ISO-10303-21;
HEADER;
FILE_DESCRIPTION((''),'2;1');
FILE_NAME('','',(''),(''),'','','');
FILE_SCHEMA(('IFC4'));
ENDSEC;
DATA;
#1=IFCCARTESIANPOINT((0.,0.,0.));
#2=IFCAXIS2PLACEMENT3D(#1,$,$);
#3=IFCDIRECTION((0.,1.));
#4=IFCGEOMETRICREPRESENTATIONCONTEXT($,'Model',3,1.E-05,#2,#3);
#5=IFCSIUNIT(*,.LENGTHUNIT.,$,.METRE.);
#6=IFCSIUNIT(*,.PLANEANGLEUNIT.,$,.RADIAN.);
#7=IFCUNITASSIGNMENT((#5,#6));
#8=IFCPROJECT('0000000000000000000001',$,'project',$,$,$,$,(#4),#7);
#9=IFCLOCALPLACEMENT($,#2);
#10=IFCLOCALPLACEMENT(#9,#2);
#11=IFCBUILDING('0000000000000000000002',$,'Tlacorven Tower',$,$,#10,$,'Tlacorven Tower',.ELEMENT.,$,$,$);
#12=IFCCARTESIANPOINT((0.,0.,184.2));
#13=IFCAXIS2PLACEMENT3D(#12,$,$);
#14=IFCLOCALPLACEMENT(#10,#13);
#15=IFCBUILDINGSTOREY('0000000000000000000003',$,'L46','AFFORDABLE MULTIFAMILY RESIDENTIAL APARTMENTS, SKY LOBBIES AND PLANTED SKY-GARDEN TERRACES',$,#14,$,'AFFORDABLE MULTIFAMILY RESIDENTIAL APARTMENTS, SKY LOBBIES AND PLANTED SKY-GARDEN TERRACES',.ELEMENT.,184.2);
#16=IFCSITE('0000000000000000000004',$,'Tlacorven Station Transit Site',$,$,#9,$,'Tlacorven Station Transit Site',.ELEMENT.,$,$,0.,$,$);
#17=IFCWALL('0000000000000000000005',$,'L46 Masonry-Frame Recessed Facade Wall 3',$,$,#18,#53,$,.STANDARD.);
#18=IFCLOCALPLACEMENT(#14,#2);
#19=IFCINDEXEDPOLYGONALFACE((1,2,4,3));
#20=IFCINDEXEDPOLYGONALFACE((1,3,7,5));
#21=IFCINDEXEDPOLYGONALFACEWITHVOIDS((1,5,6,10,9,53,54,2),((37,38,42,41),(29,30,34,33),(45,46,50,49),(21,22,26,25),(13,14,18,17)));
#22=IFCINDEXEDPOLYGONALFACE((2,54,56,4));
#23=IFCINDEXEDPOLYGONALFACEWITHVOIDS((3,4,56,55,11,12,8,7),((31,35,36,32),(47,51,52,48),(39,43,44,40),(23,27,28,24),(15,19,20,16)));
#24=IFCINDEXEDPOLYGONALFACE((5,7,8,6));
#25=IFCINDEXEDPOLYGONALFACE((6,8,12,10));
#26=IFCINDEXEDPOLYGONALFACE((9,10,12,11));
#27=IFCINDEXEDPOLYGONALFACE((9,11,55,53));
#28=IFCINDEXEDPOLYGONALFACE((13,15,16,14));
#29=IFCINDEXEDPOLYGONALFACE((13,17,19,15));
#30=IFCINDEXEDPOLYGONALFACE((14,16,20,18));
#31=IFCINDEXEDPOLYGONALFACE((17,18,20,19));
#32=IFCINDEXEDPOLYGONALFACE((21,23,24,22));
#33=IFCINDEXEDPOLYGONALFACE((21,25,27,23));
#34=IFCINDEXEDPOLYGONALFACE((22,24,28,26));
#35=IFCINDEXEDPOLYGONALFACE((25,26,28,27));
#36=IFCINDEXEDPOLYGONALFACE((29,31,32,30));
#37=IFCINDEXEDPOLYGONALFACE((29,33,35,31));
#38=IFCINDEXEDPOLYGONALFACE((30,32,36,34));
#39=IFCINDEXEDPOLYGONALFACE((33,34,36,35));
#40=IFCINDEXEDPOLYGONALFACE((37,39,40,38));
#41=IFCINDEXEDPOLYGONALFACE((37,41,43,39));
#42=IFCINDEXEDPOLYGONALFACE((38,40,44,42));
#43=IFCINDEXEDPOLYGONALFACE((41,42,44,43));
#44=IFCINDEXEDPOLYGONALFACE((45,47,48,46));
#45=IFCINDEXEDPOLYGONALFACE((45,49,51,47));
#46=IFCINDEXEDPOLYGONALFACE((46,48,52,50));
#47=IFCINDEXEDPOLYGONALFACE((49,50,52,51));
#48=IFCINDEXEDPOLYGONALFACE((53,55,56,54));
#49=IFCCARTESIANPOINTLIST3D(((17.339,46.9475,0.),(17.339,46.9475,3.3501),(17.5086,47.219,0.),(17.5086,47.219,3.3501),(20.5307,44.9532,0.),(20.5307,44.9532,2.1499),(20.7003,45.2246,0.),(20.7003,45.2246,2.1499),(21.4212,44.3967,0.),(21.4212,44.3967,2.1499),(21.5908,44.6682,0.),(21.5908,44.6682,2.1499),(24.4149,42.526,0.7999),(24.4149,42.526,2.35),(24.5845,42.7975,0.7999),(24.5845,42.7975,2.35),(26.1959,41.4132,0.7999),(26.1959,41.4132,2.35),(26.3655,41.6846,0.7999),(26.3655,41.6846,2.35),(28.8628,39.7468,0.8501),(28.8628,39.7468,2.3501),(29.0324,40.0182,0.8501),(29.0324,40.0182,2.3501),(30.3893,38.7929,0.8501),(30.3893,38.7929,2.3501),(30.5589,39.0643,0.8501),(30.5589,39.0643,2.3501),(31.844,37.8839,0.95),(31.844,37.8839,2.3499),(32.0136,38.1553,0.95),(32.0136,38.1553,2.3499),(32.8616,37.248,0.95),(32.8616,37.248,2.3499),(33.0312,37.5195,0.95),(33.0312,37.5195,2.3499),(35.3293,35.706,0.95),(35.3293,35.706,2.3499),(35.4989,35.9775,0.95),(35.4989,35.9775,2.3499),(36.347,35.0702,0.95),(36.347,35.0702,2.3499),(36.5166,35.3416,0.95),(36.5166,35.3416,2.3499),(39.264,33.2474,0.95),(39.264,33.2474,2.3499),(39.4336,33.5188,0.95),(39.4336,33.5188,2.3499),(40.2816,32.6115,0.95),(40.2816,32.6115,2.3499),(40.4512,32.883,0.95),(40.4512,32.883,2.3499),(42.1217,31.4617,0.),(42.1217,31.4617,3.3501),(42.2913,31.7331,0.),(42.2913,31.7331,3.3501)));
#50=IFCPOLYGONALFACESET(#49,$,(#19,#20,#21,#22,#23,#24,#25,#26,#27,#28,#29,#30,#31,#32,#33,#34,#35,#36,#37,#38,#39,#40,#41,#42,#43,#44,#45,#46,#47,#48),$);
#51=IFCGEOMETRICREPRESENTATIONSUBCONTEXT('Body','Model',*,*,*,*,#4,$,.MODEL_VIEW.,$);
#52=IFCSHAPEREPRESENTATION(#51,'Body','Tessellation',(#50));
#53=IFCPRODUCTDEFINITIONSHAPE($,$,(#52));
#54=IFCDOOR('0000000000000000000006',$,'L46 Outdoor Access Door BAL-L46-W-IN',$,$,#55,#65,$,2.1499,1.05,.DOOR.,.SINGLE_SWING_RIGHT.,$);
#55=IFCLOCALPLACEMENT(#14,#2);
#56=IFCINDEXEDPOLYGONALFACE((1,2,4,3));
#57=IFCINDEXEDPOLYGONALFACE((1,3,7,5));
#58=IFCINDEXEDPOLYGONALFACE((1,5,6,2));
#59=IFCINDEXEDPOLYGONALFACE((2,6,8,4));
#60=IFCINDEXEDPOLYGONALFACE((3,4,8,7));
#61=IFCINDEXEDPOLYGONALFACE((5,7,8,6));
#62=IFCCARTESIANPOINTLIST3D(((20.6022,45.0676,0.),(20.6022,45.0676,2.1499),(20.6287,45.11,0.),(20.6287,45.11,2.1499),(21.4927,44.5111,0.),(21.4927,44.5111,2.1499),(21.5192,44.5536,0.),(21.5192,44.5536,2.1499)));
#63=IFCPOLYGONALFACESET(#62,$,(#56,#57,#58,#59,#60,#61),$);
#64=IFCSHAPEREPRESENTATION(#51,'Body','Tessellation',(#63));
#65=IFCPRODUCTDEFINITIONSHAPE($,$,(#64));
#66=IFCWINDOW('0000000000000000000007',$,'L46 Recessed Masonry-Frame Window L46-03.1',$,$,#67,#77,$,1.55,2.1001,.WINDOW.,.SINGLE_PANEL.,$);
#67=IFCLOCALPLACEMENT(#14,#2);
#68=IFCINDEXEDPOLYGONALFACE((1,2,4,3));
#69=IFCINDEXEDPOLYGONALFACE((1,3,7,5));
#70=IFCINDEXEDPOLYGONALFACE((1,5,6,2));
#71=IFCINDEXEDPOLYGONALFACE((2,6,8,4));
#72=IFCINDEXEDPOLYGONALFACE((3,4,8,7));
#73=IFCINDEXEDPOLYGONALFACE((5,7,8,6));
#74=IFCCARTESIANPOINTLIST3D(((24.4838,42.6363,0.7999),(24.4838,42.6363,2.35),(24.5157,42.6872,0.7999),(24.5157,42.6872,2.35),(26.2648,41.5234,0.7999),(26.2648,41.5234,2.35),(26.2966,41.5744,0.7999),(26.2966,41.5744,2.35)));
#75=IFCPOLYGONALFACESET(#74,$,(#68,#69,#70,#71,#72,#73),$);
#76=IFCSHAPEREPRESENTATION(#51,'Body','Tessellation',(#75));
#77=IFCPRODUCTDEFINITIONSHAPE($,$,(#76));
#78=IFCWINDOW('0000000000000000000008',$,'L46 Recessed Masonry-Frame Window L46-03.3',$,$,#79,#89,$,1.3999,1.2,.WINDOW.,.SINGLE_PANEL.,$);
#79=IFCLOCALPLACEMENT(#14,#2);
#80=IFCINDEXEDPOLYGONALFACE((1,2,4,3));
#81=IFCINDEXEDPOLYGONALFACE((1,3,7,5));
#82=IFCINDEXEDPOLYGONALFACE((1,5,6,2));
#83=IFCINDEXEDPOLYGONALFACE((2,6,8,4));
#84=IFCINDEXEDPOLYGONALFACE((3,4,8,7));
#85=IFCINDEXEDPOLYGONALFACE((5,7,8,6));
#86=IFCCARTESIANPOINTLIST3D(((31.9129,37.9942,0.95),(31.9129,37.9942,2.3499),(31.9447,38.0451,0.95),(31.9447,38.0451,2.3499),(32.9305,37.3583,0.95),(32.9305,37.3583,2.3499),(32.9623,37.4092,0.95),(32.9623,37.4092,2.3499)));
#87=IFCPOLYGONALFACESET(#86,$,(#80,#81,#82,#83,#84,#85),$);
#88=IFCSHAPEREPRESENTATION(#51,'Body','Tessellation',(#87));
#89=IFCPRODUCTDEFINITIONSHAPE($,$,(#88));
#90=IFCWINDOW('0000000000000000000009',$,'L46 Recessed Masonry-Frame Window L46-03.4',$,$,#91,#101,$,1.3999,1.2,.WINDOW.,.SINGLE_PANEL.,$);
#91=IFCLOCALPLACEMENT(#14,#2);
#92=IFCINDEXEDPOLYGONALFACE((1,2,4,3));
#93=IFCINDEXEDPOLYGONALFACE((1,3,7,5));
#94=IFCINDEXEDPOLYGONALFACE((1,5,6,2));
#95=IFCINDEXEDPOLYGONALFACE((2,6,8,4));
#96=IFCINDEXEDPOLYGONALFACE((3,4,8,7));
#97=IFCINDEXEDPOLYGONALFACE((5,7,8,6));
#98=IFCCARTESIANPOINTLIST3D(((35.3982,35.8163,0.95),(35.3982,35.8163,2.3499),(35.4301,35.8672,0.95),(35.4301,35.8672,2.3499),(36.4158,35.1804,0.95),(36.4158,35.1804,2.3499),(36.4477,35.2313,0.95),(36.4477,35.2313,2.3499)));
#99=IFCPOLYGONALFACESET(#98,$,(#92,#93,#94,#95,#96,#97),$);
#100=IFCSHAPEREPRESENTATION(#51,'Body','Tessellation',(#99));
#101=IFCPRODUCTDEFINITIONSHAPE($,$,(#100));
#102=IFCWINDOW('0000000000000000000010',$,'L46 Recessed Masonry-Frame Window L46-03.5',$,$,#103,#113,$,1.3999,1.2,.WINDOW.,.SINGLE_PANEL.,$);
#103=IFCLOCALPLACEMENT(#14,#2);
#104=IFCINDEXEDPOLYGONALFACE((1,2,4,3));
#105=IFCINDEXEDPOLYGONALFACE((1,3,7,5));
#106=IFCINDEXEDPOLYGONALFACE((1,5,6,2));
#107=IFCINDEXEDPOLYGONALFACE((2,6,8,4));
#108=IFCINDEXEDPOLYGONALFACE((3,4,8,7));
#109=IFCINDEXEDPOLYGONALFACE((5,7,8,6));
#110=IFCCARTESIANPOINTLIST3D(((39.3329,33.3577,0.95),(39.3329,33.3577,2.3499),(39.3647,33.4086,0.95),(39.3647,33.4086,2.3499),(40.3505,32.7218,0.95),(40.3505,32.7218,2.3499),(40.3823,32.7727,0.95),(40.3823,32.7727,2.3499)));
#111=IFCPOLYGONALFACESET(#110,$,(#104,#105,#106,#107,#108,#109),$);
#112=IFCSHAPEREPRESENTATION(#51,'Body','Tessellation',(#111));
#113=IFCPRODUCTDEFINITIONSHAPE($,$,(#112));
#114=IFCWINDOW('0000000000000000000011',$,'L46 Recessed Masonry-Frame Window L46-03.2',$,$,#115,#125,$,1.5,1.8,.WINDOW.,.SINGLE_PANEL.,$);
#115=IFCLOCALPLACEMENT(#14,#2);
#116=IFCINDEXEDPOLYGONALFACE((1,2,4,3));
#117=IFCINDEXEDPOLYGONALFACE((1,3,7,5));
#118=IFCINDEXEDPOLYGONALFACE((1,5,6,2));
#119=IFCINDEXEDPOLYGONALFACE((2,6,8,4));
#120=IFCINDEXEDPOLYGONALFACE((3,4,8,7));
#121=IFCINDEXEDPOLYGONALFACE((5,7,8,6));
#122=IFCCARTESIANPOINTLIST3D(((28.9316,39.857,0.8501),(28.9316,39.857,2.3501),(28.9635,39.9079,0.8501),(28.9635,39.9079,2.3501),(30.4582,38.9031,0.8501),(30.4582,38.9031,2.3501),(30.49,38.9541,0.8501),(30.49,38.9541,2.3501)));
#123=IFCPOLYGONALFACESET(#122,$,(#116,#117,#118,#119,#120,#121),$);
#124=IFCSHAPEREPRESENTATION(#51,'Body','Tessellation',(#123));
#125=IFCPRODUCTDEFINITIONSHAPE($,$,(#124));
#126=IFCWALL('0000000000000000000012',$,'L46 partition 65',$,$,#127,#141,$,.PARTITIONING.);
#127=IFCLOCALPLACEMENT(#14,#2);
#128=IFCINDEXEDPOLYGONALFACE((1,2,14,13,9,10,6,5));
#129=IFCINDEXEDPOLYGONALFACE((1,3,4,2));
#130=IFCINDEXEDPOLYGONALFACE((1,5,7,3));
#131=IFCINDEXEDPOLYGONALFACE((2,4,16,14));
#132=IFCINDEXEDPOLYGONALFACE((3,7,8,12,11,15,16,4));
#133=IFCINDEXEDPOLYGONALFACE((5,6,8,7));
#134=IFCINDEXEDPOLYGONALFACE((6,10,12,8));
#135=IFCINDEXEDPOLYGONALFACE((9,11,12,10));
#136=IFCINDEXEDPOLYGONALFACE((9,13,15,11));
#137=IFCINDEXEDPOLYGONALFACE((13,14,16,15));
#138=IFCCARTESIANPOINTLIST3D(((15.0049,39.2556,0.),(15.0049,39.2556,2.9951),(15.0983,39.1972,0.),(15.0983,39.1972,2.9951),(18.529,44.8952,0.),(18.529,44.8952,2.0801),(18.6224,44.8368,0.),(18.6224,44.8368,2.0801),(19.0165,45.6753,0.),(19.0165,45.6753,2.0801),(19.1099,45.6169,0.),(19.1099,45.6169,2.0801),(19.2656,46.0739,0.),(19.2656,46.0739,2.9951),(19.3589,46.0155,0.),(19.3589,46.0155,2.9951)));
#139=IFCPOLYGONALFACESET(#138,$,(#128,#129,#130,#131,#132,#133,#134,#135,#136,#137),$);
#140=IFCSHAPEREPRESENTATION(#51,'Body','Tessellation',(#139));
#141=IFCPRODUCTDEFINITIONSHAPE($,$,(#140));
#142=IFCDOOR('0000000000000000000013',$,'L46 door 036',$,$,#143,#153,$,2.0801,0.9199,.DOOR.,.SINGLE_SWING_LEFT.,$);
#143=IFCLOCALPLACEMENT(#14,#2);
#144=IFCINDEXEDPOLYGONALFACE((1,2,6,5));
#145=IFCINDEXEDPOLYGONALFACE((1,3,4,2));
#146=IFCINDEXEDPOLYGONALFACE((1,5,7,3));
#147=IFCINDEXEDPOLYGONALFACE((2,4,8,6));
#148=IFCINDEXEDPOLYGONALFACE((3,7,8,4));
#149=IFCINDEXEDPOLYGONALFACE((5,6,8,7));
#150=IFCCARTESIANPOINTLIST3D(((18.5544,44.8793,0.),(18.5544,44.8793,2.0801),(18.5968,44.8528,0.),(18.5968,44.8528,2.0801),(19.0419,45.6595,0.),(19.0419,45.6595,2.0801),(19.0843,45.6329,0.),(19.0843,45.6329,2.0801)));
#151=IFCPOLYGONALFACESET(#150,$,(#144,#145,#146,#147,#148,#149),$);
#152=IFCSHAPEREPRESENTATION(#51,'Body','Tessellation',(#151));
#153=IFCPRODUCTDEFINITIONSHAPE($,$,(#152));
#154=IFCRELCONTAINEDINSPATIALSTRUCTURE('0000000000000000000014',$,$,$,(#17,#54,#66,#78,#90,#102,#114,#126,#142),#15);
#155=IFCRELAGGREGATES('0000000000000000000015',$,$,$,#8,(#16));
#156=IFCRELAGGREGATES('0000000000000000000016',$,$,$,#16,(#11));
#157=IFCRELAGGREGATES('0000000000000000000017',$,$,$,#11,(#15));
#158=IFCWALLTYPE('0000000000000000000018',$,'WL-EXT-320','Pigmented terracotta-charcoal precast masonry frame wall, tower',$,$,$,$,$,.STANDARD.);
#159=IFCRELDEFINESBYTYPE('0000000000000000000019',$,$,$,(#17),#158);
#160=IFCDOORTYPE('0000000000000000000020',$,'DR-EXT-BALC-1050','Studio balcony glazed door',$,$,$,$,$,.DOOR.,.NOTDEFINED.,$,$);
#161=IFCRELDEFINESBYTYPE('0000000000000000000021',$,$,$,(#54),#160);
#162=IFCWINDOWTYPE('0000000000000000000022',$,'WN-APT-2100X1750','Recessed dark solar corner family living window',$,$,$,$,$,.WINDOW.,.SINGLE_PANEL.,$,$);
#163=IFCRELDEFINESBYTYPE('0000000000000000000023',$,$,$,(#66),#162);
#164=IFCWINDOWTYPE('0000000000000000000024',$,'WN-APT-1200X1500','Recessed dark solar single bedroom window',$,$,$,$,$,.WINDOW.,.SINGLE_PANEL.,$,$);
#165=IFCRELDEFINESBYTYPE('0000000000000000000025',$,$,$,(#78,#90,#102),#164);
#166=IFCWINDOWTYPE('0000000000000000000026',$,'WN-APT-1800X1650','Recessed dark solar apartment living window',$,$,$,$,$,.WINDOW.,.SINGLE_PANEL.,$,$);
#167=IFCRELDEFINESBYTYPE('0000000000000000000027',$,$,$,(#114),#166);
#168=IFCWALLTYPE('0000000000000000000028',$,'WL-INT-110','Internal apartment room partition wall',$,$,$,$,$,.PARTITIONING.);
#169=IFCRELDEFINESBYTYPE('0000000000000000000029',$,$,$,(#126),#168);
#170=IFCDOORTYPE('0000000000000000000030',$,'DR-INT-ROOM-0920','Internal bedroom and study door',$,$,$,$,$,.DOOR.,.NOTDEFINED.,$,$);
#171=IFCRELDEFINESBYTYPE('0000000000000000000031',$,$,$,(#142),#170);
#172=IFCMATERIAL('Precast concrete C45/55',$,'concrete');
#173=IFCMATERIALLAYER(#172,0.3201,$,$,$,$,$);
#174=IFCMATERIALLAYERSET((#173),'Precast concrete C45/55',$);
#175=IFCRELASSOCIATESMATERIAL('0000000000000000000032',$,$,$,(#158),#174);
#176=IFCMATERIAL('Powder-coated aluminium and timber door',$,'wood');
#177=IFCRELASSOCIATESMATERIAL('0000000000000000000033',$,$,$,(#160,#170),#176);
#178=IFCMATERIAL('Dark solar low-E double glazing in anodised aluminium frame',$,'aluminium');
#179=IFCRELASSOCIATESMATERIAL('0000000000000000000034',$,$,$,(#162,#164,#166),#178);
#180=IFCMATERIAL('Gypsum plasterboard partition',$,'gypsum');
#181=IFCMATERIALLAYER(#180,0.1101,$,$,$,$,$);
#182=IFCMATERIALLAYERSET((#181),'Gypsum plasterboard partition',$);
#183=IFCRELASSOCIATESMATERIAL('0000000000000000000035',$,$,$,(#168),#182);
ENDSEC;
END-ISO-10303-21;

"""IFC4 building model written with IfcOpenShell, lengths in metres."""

from ifc_helpers import new_model, si_unit, direction, frame, frame_2d, origin, place, context, subcontext, project, spatial, rectangle, extrude, source, transform, mapped, material, layer, layer_set, type_object, element, fill, save


model = new_model("IFC4")

# Units and contexts
model_context = context("Model", 3, precision=1e-05, world=origin(), true_north=direction((0.0, 1.0)))
body_context = subcontext(model_context, "Body", "Model", "MODEL_VIEW")
ifc_project = project(units=[si_unit("LENGTHUNIT", "METRE"), si_unit("PLANEANGLEUNIT", "RADIAN")], contexts=[model_context])

# Site, building, storey
site_placement = place(None, origin())
site = spatial("IfcSite", under=ifc_project, at=site_placement, Name="Tlacorven Station Transit Site", LongName="Tlacorven Station Transit Site", CompositionType="ELEMENT", RefElevation=0.0)
building_placement = place(site_placement, origin())
building = spatial("IfcBuilding", under=site, at=building_placement, Name="Tlacorven Tower", LongName="Tlacorven Tower", CompositionType="ELEMENT")
storey_placement = place(building_placement, frame((0.0, 0.0, 184.2)))
storey = spatial("IfcBuildingStorey", under=building, at=storey_placement, Name="L46", Description="AFFORDABLE MULTIFAMILY RESIDENTIAL APARTMENTS, SKY LOBBIES AND PLANTED SKY-GARDEN TERRACES", LongName="AFFORDABLE MULTIFAMILY RESIDENTIAL APARTMENTS, SKY LOBBIES AND PLANTED SKY-GARDEN TERRACES", CompositionType="ELEMENT", Elevation=184.2)

# Wall, openings, door, windows
ifc_material_1 = material(Name="Precast concrete C45/55", Category="concrete")
ifc_layer_1 = layer(ifc_material_1, 0.3201)
ifc_layer_set_1 = layer_set([ifc_layer_1], Name="Precast concrete C45/55")
wall_type_1 = type_object("IfcWallType", Name="WL-EXT-320", Description="Pigmented terracotta-charcoal precast masonry frame wall, tower", PredefinedType="STANDARD", material=ifc_layer_set_1)
wall_1_placement = place(storey_placement, frame((17.4238, 47.0833, 0.0), z_axis=(0.0, 0.0, 1.0), x_axis=(0.84805, -0.529916, 0.0)))
wall_1 = element("IfcWall", 1, at=wall_1_placement, inside=storey, type_object=wall_type_1, Name="L46 Masonry-Frame Recessed Facade Wall 3", PredefinedType="STANDARD", context=body_context, shape_type="SweptSolid", body=[
    extrude(rectangle(XDim=29.2231, YDim=0.3201, at=frame_2d((14.6116, 0.0))), origin(), (0.0, 0.0, 1.0), 3.3501),
])
opening_1_placement = place(wall_1_placement, frame((3.7637, 0.0, 0.0)))
opening_1 = element("IfcOpeningElement", 2, at=opening_1_placement, cuts=wall_1, PredefinedType="OPENING", context=body_context, shape_type="SweptSolid", body=[
    extrude(rectangle(XDim=1.05, YDim=2.1499, at=frame_2d((0.5249, 1.075))), frame((0.0, 0.1699, 0.0), z_axis=(0.0, -1.0, 0.0), x_axis=(1.0, 0.0, 0.0)), (0.0, 0.0, 1.0), 0.3401),
])
opening_2_placement = place(wall_1_placement, frame((8.3438, 0.0, 0.8)))
opening_2 = element("IfcOpeningElement", 3, at=opening_2_placement, cuts=wall_1, PredefinedType="OPENING", context=body_context, shape_type="SweptSolid", body=[
    extrude(rectangle(XDim=2.1001, YDim=1.55, at=frame_2d((1.05, 0.7749))), frame((0.0, 0.1699, 0.0), z_axis=(0.0, -1.0, 0.0), x_axis=(1.0, 0.0, 0.0)), (0.0, 0.0, 1.0), 0.3401),
])
opening_3_placement = place(wall_1_placement, frame((13.5886, 0.0, 0.8501)))
opening_3 = element("IfcOpeningElement", 4, at=opening_3_placement, cuts=wall_1, PredefinedType="OPENING", context=body_context, shape_type="SweptSolid", body=[
    extrude(rectangle(XDim=1.8, YDim=1.5, at=frame_2d((0.8999, 0.75))), frame((0.0, 0.1699, 0.0), z_axis=(0.0, -1.0, 0.0), x_axis=(1.0, 0.0, 0.0)), (0.0, 0.0, 1.0), 0.3401),
])
opening_4_placement = place(wall_1_placement, frame((17.1038, 0.0, 0.95)))
opening_4 = element("IfcOpeningElement", 5, at=opening_4_placement, cuts=wall_1, PredefinedType="OPENING", context=body_context, shape_type="SweptSolid", body=[
    extrude(rectangle(XDim=1.2, YDim=1.3999, at=frame_2d((0.6001, 0.7))), frame((0.0, 0.1699, 0.0), z_axis=(0.0, -1.0, 0.0), x_axis=(1.0, 0.0, 0.0)), (0.0, 0.0, 1.0), 0.3401),
])
opening_5_placement = place(wall_1_placement, frame((21.2136, 0.0, 0.95)))
opening_5 = element("IfcOpeningElement", 6, at=opening_5_placement, cuts=wall_1, PredefinedType="OPENING", context=body_context, shape_type="SweptSolid", body=[
    extrude(rectangle(XDim=1.2, YDim=1.3999, at=frame_2d((0.6001, 0.7))), frame((0.0, 0.1699, 0.0), z_axis=(0.0, -1.0, 0.0), x_axis=(1.0, 0.0, 0.0)), (0.0, 0.0, 1.0), 0.3401),
])
opening_6_placement = place(wall_1_placement, frame((25.8533, 0.0, 0.95)))
opening_6 = element("IfcOpeningElement", 7, at=opening_6_placement, cuts=wall_1, PredefinedType="OPENING", context=body_context, shape_type="SweptSolid", body=[
    extrude(rectangle(XDim=1.2, YDim=1.3999, at=frame_2d((0.6001, 0.7))), frame((0.0, 0.1699, 0.0), z_axis=(0.0, -1.0, 0.0), x_axis=(1.0, 0.0, 0.0)), (0.0, 0.0, 1.0), 0.3401),
])
ifc_material_2 = material(Name="Powder-coated aluminium and timber door", Category="wood")
door_type_1 = type_object("IfcDoorType", Name="DR-EXT-BALC-1050", Description="Studio balcony glazed door", OperationType="NOTDEFINED", PredefinedType="DOOR", material=ifc_material_2)
shared_shape_1 = source(origin(), body_context, "Body", "SweptSolid", [
    extrude(rectangle(XDim=1.05, YDim=2.1499, at=frame_2d((0.5249, 1.075))), frame((0.0, 0.0249, 0.0), z_axis=(0.0, -1.0, 0.0), x_axis=(1.0, 0.0, 0.0)), (0.0, 0.0, 1.0), 0.05),
])
door_1_placement = place(opening_1_placement, origin())
door_1 = element("IfcDoor", 8, at=door_1_placement, inside=storey, type_object=door_type_1, Name="L46 Outdoor Access Door BAL-L46-W-IN", OperationType="SINGLE_SWING_RIGHT", OverallHeight=2.1499, OverallWidth=1.05, PredefinedType="DOOR", context=body_context, shape_type="MappedRepresentation", body=[
    mapped(shared_shape_1, transform((0.0, 0.0, 0.0), scale=1.0)),
])
fill(opening_1, door_1)
ifc_material_3 = material(Name="Dark solar low-E double glazing in anodised aluminium frame", Category="aluminium")
window_type_1 = type_object("IfcWindowType", Name="WN-APT-2100X1750", Description="Recessed dark solar corner family living window", PartitioningType="SINGLE_PANEL", PredefinedType="WINDOW", material=ifc_material_3)
shared_shape_2 = source(origin(), body_context, "Body", "SweptSolid", [
    extrude(rectangle(XDim=2.1001, YDim=1.55, at=frame_2d((1.05, 0.7749))), frame((0.0, 0.03, 0.0), z_axis=(0.0, -1.0, 0.0), x_axis=(1.0, 0.0, 0.0)), (0.0, 0.0, 1.0), 0.0601),
])
window_1_placement = place(opening_2_placement, origin())
window_1 = element("IfcWindow", 9, at=window_1_placement, inside=storey, type_object=window_type_1, Name="L46 Recessed Masonry-Frame Window L46-03.1", OverallHeight=1.55, OverallWidth=2.1001, PartitioningType="SINGLE_PANEL", PredefinedType="WINDOW", context=body_context, shape_type="MappedRepresentation", body=[
    mapped(shared_shape_2, transform((0.0, 0.0, 0.0), scale=1.0)),
])
fill(opening_2, window_1)
window_type_2 = type_object("IfcWindowType", Name="WN-APT-1200X1500", Description="Recessed dark solar single bedroom window", PartitioningType="SINGLE_PANEL", PredefinedType="WINDOW", material=ifc_material_3)
shared_shape_3 = source(origin(), body_context, "Body", "SweptSolid", [
    extrude(rectangle(XDim=1.2, YDim=1.3999, at=frame_2d((0.6001, 0.7))), frame((0.0, 0.03, 0.0), z_axis=(0.0, -1.0, 0.0), x_axis=(1.0, 0.0, 0.0)), (0.0, 0.0, 1.0), 0.0601),
])
window_2_placement = place(opening_4_placement, origin())
window_2 = element("IfcWindow", 10, at=window_2_placement, inside=storey, type_object=window_type_2, Name="L46 Recessed Masonry-Frame Window L46-03.3", OverallHeight=1.3999, OverallWidth=1.2, PartitioningType="SINGLE_PANEL", PredefinedType="WINDOW", context=body_context, shape_type="MappedRepresentation", body=[
    mapped(shared_shape_3, transform((0.0, 0.0, 0.0), scale=1.0)),
])
fill(opening_4, window_2)
window_3_placement = place(opening_5_placement, origin())
window_3 = element("IfcWindow", 11, at=window_3_placement, inside=storey, type_object=window_type_2, Name="L46 Recessed Masonry-Frame Window L46-03.4", OverallHeight=1.3999, OverallWidth=1.2, PartitioningType="SINGLE_PANEL", PredefinedType="WINDOW", context=body_context, shape_type="MappedRepresentation", body=[
    mapped(shared_shape_3, transform((0.0, 0.0, 0.0), scale=1.0)),
])
fill(opening_5, window_3)
window_4_placement = place(opening_6_placement, origin())
window_4 = element("IfcWindow", 12, at=window_4_placement, inside=storey, type_object=window_type_2, Name="L46 Recessed Masonry-Frame Window L46-03.5", OverallHeight=1.3999, OverallWidth=1.2, PartitioningType="SINGLE_PANEL", PredefinedType="WINDOW", context=body_context, shape_type="MappedRepresentation", body=[
    mapped(shared_shape_3, transform((0.0, 0.0, 0.0), scale=1.0)),
])
fill(opening_6, window_4)
window_type_3 = type_object("IfcWindowType", Name="WN-APT-1800X1650", Description="Recessed dark solar apartment living window", PartitioningType="SINGLE_PANEL", PredefinedType="WINDOW", material=ifc_material_3)
shared_shape_4 = source(origin(), body_context, "Body", "SweptSolid", [
    extrude(rectangle(XDim=1.8, YDim=1.5, at=frame_2d((0.8999, 0.75))), frame((0.0, 0.03, 0.0), z_axis=(0.0, -1.0, 0.0), x_axis=(1.0, 0.0, 0.0)), (0.0, 0.0, 1.0), 0.0601),
])
window_5_placement = place(opening_3_placement, origin())
window_5 = element("IfcWindow", 13, at=window_5_placement, inside=storey, type_object=window_type_3, Name="L46 Recessed Masonry-Frame Window L46-03.2", OverallHeight=1.5, OverallWidth=1.8, PartitioningType="SINGLE_PANEL", PredefinedType="WINDOW", context=body_context, shape_type="MappedRepresentation", body=[
    mapped(shared_shape_4, transform((0.0, 0.0, 0.0), scale=1.0)),
])
fill(opening_3, window_5)

# Wall, opening, door
ifc_material_4 = material(Name="Gypsum plasterboard partition", Category="gypsum")
ifc_layer_2 = layer(ifc_material_4, 0.1101)
ifc_layer_set_2 = layer_set([ifc_layer_2], Name="Gypsum plasterboard partition")
wall_type_2 = type_object("IfcWallType", Name="WL-INT-110", Description="Internal apartment room partition wall", PredefinedType="PARTITIONING", material=ifc_layer_set_2)
wall_2_placement = place(storey_placement, frame((19.3123, 46.0447, 0.0), z_axis=(0.0, 0.0, 1.0), x_axis=(-0.529933, -0.848039, 0.0)))
wall_2 = element("IfcWall", 14, at=wall_2_placement, inside=storey, type_object=wall_type_2, Name="L46 partition 65", PredefinedType="PARTITIONING", context=body_context, shape_type="SweptSolid", body=[
    extrude(rectangle(XDim=8.04, YDim=0.1101, at=frame_2d((4.02, 0.0))), origin(), (0.0, 0.0, 1.0), 2.9951),
])
opening_7_placement = place(wall_2_placement, frame((0.47, 0.0, 0.0)))
opening_7 = element("IfcOpeningElement", 15, at=opening_7_placement, cuts=wall_2, PredefinedType="OPENING", context=body_context, shape_type="SweptSolid", body=[
    extrude(rectangle(XDim=0.9199, YDim=2.0801, at=frame_2d((0.46, 1.04))), frame((0.0, 0.0649, 0.0), z_axis=(0.0, -1.0, 0.0), x_axis=(1.0, 0.0, 0.0)), (0.0, 0.0, 1.0), 0.1301),
])
door_type_2 = type_object("IfcDoorType", Name="DR-INT-ROOM-0920", Description="Internal bedroom and study door", OperationType="NOTDEFINED", PredefinedType="DOOR", material=ifc_material_2)
shared_shape_5 = source(origin(), body_context, "Body", "SweptSolid", [
    extrude(rectangle(XDim=0.9199, YDim=2.0801, at=frame_2d((0.46, 1.04))), frame((0.0, 0.0249, 0.0), z_axis=(0.0, -1.0, 0.0), x_axis=(1.0, 0.0, 0.0)), (0.0, 0.0, 1.0), 0.05),
])
door_2_placement = place(opening_7_placement, origin())
door_2 = element("IfcDoor", 16, at=door_2_placement, inside=storey, type_object=door_type_2, Name="L46 door 036", OperationType="SINGLE_SWING_LEFT", OverallHeight=2.0801, OverallWidth=0.9199, PredefinedType="DOOR", context=body_context, shape_type="MappedRepresentation", body=[
    mapped(shared_shape_5, transform((0.0, 0.0, 0.0), scale=1.0)),
])
fill(opening_7, door_2)

save(model, "model.ifc")
